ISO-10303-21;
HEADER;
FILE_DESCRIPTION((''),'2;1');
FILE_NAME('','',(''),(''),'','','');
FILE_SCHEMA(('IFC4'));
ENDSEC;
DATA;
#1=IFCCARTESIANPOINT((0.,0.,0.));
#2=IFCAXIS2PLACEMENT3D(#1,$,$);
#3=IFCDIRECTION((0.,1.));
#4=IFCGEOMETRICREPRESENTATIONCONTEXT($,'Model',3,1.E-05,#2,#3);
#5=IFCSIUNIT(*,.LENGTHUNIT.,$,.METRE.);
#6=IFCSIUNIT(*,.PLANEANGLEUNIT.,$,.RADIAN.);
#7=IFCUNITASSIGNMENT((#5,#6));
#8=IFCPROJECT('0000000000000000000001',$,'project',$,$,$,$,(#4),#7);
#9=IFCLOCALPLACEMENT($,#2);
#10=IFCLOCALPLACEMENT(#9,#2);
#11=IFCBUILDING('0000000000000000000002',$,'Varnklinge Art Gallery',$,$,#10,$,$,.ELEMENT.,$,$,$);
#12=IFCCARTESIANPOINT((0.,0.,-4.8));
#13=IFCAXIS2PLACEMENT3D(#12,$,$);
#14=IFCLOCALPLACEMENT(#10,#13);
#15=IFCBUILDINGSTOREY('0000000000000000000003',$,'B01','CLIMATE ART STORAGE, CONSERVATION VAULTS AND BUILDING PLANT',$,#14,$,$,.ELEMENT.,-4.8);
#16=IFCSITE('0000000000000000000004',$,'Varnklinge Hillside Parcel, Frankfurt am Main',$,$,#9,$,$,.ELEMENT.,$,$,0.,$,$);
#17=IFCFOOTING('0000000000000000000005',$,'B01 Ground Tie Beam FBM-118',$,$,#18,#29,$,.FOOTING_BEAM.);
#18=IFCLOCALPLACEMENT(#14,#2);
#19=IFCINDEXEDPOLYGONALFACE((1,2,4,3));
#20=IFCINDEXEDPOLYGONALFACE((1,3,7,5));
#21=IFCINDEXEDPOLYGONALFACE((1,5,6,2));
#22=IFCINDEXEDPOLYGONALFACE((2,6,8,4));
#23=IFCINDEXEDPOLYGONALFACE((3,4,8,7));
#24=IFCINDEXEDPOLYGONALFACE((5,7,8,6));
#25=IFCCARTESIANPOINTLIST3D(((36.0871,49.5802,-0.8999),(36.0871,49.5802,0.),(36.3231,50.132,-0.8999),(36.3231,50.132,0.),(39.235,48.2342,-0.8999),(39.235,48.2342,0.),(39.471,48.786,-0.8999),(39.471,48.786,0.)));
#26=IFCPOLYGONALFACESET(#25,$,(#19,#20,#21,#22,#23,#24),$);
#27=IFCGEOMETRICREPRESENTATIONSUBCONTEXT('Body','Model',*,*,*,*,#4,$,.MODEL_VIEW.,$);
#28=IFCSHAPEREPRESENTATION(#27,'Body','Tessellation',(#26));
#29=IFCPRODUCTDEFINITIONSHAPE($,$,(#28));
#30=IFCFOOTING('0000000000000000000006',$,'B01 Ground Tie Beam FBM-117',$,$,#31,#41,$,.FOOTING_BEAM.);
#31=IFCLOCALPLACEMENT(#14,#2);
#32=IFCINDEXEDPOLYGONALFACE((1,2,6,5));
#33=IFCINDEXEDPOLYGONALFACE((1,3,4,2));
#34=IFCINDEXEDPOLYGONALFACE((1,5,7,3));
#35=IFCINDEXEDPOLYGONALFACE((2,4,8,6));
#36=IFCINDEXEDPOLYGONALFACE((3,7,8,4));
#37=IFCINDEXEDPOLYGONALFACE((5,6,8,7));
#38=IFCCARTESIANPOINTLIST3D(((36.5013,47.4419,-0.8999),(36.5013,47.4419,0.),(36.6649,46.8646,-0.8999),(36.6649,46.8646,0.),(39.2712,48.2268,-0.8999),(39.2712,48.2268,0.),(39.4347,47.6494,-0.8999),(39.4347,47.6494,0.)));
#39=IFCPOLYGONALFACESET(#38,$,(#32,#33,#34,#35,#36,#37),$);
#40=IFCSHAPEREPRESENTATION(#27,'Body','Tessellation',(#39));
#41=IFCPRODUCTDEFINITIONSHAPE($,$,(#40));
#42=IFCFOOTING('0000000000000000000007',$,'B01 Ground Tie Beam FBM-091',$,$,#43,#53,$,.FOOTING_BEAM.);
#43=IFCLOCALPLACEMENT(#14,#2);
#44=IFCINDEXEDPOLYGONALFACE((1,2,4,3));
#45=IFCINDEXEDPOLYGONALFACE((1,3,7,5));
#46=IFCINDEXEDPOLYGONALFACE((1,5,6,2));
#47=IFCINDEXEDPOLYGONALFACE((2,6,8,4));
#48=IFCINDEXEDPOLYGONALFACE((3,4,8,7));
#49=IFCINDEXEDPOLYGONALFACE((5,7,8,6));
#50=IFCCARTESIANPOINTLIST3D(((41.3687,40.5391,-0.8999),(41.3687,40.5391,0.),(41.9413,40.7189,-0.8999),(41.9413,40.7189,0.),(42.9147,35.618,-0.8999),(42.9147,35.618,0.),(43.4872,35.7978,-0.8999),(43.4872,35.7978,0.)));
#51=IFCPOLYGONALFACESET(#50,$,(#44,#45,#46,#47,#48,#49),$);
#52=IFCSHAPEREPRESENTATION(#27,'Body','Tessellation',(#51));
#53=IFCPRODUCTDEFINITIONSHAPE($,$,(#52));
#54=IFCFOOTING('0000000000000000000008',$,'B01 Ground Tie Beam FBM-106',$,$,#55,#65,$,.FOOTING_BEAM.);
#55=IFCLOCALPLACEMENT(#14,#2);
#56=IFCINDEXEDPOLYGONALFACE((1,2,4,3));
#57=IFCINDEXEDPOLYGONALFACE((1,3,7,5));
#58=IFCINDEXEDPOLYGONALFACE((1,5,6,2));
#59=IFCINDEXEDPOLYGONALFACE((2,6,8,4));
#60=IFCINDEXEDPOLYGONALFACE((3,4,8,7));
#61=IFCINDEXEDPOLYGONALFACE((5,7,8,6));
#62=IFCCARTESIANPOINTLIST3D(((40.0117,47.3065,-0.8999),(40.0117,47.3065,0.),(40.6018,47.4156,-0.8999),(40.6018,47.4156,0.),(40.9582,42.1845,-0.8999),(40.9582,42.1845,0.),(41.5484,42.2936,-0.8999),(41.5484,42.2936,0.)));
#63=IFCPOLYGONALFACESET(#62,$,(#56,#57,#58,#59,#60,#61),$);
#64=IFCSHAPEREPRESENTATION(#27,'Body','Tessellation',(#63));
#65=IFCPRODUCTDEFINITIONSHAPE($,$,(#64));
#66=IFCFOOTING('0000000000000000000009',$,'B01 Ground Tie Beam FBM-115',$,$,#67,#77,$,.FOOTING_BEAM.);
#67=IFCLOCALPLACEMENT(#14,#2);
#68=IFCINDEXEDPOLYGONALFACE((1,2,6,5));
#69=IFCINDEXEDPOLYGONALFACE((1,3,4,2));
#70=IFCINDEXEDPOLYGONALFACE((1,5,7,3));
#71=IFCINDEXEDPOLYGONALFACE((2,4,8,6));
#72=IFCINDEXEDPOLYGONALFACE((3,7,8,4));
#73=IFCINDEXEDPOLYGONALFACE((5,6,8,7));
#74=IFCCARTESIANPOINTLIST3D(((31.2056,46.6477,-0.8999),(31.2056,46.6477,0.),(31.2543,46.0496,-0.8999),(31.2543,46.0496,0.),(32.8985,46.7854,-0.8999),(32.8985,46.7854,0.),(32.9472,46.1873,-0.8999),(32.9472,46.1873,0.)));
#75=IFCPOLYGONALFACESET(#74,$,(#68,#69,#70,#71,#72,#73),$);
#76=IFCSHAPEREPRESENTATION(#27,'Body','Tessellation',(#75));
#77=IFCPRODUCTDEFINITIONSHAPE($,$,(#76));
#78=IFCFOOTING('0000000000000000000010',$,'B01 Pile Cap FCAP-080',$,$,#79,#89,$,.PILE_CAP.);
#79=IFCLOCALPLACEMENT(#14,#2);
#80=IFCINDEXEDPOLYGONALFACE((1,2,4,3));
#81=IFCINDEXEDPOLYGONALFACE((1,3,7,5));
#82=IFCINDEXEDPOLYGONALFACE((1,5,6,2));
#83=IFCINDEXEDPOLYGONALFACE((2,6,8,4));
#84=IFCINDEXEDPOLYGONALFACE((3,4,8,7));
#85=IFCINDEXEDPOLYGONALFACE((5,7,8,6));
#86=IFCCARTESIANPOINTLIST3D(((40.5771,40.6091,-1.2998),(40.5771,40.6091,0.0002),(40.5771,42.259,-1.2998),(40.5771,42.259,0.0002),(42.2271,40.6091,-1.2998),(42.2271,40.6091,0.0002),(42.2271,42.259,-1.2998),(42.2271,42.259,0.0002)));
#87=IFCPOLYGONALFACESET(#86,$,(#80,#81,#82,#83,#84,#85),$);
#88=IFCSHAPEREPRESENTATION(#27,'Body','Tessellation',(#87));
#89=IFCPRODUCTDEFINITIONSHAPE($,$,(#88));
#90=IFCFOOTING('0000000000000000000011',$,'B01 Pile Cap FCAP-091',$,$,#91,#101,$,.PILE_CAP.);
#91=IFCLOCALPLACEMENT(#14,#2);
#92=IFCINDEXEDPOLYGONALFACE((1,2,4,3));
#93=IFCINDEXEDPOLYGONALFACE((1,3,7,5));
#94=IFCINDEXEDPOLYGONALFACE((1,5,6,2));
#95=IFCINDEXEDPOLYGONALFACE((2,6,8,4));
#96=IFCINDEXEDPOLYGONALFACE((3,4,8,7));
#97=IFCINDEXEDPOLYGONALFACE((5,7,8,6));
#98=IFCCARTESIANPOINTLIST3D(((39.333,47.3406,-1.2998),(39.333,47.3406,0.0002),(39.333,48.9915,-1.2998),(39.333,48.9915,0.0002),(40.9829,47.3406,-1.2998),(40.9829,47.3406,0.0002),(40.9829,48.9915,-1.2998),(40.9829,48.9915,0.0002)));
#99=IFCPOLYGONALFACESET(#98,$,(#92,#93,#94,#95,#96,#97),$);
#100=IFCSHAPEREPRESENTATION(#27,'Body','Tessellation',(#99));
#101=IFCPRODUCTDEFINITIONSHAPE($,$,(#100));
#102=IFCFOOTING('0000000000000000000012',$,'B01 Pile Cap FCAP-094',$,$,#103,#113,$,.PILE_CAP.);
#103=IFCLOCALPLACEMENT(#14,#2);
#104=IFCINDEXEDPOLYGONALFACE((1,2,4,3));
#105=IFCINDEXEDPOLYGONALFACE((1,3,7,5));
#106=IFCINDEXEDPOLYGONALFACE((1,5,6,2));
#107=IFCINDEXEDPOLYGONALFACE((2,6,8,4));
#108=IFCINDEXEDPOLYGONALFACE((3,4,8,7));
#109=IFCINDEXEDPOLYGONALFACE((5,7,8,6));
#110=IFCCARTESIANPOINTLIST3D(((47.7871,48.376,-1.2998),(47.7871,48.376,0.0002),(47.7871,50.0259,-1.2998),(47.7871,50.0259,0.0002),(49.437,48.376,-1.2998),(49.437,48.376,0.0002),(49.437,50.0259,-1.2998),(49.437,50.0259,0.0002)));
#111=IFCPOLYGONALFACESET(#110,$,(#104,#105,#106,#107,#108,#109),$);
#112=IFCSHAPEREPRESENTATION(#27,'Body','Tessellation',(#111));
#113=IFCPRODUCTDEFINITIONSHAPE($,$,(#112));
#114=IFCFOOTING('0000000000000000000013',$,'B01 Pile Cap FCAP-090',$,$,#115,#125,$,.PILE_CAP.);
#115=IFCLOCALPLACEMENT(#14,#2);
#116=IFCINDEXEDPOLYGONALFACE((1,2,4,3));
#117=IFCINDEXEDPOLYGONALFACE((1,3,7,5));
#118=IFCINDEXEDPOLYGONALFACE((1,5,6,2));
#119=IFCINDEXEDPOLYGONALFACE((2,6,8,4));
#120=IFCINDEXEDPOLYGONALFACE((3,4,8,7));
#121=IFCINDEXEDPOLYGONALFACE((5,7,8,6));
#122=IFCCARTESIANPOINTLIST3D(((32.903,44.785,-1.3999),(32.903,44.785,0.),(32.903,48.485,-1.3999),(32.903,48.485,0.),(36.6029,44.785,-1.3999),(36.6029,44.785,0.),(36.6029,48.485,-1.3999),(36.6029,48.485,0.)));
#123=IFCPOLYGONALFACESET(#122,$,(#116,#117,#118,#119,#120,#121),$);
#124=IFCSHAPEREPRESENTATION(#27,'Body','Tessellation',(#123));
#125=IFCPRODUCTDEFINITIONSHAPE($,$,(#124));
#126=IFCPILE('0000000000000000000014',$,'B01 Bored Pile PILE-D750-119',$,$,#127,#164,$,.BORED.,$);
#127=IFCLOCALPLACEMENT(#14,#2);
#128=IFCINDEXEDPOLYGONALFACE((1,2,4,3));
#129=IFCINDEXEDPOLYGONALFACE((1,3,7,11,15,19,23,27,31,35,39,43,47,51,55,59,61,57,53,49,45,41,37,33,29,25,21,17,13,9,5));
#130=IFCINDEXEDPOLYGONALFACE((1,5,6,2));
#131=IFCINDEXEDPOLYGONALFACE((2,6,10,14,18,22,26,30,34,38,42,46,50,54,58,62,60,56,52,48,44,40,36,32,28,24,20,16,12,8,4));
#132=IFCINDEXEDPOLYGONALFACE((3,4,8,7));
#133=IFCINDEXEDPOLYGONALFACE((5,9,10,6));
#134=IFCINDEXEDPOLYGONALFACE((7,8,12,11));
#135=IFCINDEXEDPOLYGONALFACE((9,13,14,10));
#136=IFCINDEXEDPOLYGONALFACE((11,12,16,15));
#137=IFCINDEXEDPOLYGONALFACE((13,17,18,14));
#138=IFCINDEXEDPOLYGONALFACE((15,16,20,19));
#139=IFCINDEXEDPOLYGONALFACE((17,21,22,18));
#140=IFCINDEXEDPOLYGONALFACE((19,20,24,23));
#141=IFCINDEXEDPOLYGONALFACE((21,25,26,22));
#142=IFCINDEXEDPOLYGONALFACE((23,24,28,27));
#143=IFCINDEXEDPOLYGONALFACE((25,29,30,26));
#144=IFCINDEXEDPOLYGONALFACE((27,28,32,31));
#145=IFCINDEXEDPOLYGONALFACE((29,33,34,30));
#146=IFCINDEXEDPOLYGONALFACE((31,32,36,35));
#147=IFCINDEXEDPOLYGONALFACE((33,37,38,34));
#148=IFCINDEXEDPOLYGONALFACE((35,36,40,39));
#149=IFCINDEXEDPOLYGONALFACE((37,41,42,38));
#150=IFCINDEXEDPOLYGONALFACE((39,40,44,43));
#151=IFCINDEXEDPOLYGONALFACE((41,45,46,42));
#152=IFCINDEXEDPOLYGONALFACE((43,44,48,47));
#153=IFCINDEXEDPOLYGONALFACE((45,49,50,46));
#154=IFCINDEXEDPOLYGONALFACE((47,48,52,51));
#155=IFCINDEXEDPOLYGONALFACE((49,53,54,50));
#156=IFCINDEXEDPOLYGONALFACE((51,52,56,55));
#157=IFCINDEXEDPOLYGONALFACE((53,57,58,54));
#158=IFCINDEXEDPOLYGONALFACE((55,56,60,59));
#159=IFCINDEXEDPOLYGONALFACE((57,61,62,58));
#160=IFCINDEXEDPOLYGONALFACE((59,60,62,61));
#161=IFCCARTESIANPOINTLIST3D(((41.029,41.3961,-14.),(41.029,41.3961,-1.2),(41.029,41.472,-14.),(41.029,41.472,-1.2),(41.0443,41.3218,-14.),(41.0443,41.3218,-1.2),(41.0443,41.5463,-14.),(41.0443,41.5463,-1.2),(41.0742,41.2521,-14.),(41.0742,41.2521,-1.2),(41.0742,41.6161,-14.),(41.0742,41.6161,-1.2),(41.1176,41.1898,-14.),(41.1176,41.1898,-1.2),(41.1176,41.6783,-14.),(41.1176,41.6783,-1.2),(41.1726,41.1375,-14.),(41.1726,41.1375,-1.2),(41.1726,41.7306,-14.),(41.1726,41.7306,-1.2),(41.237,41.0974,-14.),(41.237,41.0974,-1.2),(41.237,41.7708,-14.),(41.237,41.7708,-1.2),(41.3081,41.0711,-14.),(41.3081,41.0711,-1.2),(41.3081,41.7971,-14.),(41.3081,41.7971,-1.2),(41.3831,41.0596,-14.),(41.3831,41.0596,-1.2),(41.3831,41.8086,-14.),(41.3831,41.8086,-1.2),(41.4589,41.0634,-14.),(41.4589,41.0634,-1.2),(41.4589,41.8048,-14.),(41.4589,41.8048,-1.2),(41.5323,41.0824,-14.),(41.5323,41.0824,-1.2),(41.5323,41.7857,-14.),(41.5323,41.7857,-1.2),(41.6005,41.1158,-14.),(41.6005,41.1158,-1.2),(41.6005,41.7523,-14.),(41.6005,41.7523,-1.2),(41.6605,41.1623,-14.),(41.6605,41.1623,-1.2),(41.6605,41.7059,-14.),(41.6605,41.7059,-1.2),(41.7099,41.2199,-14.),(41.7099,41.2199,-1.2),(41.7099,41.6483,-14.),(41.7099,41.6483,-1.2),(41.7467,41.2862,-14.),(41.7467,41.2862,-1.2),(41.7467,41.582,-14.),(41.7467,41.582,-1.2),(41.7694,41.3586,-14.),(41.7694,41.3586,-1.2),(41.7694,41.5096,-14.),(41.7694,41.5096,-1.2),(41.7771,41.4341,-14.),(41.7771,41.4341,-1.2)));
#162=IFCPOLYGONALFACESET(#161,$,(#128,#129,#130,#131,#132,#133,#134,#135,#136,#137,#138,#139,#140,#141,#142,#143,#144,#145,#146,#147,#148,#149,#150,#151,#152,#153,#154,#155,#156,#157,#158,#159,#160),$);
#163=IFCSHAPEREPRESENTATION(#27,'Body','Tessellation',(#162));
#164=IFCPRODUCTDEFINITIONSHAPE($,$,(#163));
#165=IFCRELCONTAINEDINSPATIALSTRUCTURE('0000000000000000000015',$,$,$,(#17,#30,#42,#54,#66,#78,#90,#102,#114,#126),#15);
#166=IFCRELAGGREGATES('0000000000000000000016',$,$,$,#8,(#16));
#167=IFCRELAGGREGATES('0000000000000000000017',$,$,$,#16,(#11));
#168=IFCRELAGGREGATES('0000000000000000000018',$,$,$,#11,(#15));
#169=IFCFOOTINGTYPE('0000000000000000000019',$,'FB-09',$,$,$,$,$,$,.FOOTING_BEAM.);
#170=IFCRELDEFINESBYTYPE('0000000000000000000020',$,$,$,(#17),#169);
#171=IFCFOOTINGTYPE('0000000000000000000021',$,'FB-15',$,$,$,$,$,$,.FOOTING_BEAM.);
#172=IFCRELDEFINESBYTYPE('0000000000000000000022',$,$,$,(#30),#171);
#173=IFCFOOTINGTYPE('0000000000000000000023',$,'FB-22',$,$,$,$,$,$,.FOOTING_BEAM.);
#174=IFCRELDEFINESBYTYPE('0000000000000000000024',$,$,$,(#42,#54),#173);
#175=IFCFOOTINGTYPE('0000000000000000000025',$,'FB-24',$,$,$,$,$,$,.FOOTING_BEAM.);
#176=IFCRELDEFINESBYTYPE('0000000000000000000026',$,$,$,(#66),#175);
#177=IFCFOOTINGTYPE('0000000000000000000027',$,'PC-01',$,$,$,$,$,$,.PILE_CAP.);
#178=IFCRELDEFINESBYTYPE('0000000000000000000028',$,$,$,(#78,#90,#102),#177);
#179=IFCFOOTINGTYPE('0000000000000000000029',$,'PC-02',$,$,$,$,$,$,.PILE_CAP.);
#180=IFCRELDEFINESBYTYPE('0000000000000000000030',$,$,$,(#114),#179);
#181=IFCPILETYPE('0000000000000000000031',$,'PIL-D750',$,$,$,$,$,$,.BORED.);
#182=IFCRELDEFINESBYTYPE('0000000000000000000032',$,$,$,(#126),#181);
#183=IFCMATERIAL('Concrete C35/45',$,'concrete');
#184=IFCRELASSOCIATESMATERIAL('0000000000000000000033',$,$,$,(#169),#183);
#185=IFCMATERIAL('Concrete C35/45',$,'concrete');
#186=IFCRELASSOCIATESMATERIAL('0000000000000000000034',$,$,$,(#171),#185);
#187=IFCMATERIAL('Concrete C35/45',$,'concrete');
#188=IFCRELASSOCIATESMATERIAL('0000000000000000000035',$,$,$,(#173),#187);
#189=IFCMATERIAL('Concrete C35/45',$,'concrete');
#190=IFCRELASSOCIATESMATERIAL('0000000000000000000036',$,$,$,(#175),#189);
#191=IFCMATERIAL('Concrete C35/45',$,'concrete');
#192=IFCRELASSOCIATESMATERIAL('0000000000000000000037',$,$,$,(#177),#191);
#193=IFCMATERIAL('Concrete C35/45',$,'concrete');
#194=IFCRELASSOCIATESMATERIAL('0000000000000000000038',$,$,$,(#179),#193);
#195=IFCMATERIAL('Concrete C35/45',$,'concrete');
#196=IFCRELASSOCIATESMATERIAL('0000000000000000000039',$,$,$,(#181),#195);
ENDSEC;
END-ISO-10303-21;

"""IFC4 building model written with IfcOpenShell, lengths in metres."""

from ifc_helpers import new_model, si_unit, direction, frame, origin, origin_2d, place, context, subcontext, project, spatial, rectangle, circle, extrude, material, material_profile, profile_set, type_object, element, save


model = new_model("IFC4")

# Units and contexts
model_context = context("Model", 3, precision=1e-05, world=origin(), true_north=direction((0.0, 1.0)))
body_context = subcontext(model_context, "Body", "Model", "MODEL_VIEW")
ifc_project = project(units=[si_unit("LENGTHUNIT", "METRE"), si_unit("PLANEANGLEUNIT", "RADIAN")], contexts=[model_context])

# Site, building, storey
site_placement = place(None, origin())
site = spatial("IfcSite", under=ifc_project, at=site_placement, Name="Varnklinge Hillside Parcel, Frankfurt am Main", CompositionType="ELEMENT", RefElevation=0.0)
building_placement = place(site_placement, origin())
building = spatial("IfcBuilding", under=site, at=building_placement, Name="Varnklinge Art Gallery", CompositionType="ELEMENT")
storey_placement = place(building_placement, frame((0.0, 0.0, -4.8)))
storey = spatial("IfcBuildingStorey", under=building, at=storey_placement, Name="B01", Description="CLIMATE ART STORAGE, CONSERVATION VAULTS AND BUILDING PLANT", CompositionType="ELEMENT", Elevation=-4.8)

# Footings
ifc_material_1 = material(Name="Concrete C35/45", Category="concrete")
footing_type_1 = type_object("IfcFootingType", Name="FB-09", PredefinedType="FOOTING_BEAM", material=ifc_material_1)
footing_1_placement = place(storey_placement, frame((37.7791, 49.1831, -0.8999), z_axis=(0.0, 0.0, 1.0), x_axis=(-0.919479, 0.39314, 0.0)))
element("IfcFooting", 1, at=footing_1_placement, inside=storey, type_object=footing_type_1, Name="B01 Ground Tie Beam FBM-118", PredefinedType="FOOTING_BEAM", context=body_context, shape_type="SweptSolid", body=[
    extrude(rectangle(XDim=3.4236, YDim=0.6001, at=origin_2d()), origin(), (0.0, 0.0, 1.0), 0.8999),
])
ifc_material_2 = material(Name="Concrete C35/45", Category="concrete")
footing_type_2 = type_object("IfcFootingType", Name="FB-15", PredefinedType="FOOTING_BEAM", material=ifc_material_2)
footing_2_placement = place(storey_placement, frame((37.968, 47.5457, -0.8999), z_axis=(0.0, 0.0, 1.0), x_axis=(0.962123, 0.272616, 0.0)))
element("IfcFooting", 2, at=footing_2_placement, inside=storey, type_object=footing_type_2, Name="B01 Ground Tie Beam FBM-117", PredefinedType="FOOTING_BEAM", context=body_context, shape_type="SweptSolid", body=[
    extrude(rectangle(XDim=2.8789, YDim=0.6001, at=origin_2d()), origin(), (0.0, 0.0, 1.0), 0.8999),
])
ifc_material_3 = material(Name="Concrete C35/45", Category="concrete")
footing_type_3 = type_object("IfcFootingType", Name="FB-22", PredefinedType="FOOTING_BEAM", material=ifc_material_3)
footing_3_placement = place(storey_placement, frame((42.428, 38.1685, -0.8999), z_axis=(0.0, 0.0, 1.0), x_axis=(-0.299707, 0.954031, 0.0)))
element("IfcFooting", 3, at=footing_3_placement, inside=storey, type_object=footing_type_3, Name="B01 Ground Tie Beam FBM-091", PredefinedType="FOOTING_BEAM", context=body_context, shape_type="SweptSolid", body=[
    extrude(rectangle(XDim=5.1582, YDim=0.6001, at=origin_2d()), origin(), (0.0, 0.0, 1.0), 0.8999),
])
footing_4_placement = place(storey_placement, frame((40.78, 44.8, -0.8999), z_axis=(0.0, 0.0, 1.0), x_axis=(-0.181721, 0.98335, 0.0)))
element("IfcFooting", 4, at=footing_4_placement, inside=storey, type_object=footing_type_3, Name="B01 Ground Tie Beam FBM-106", PredefinedType="FOOTING_BEAM", context=body_context, shape_type="SweptSolid", body=[
    extrude(rectangle(XDim=5.2087, YDim=0.6001, at=origin_2d()), origin(), (0.0, 0.0, 1.0), 0.8999),
])
ifc_material_4 = material(Name="Concrete C35/45", Category="concrete")
footing_type_4 = type_object("IfcFootingType", Name="FB-24", PredefinedType="FOOTING_BEAM", material=ifc_material_4)
footing_5_placement = place(storey_placement, frame((32.0764, 46.4175, -0.8999), z_axis=(0.0, 0.0, 1.0), x_axis=(0.996709, 0.081069, 0.0)))
element("IfcFooting", 5, at=footing_5_placement, inside=storey, type_object=footing_type_4, Name="B01 Ground Tie Beam FBM-115", PredefinedType="FOOTING_BEAM", context=body_context, shape_type="SweptSolid", body=[
    extrude(rectangle(XDim=1.6985, YDim=0.6001, at=origin_2d()), origin(), (0.0, 0.0, 1.0), 0.8999),
])
ifc_material_5 = material(Name="Concrete C35/45", Category="concrete")
footing_type_5 = type_object("IfcFootingType", Name="PC-01", PredefinedType="PILE_CAP", material=ifc_material_5)
footing_6_placement = place(storey_placement, frame((41.4021, 41.4341, -1.2998), z_axis=(0.0, 0.0, 1.0), x_axis=(1.0, 0.0, 0.0)))
element("IfcFooting", 6, at=footing_6_placement, inside=storey, type_object=footing_type_5, Name="B01 Pile Cap FCAP-080", PredefinedType="PILE_CAP", context=body_context, shape_type="SweptSolid", body=[
    extrude(rectangle(XDim=1.6499, YDim=1.6499, at=origin_2d()), origin(), (0.0, 0.0, 1.0), 1.3),
])
footing_7_placement = place(storey_placement, frame((40.158, 48.166, -1.2998), z_axis=(0.0, 0.0, 1.0), x_axis=(1.0, 0.0, 0.0)))
element("IfcFooting", 7, at=footing_7_placement, inside=storey, type_object=footing_type_5, Name="B01 Pile Cap FCAP-091", PredefinedType="PILE_CAP", context=body_context, shape_type="SweptSolid", body=[
    extrude(rectangle(XDim=1.6499, YDim=1.6509, at=origin_2d()), origin(), (0.0, 0.0, 1.0), 1.3),
])
footing_8_placement = place(storey_placement, frame((48.6121, 49.2009, -1.2998), z_axis=(0.0, 0.0, 1.0), x_axis=(1.0, 0.0, 0.0)))
element("IfcFooting", 8, at=footing_8_placement, inside=storey, type_object=footing_type_5, Name="B01 Pile Cap FCAP-094", PredefinedType="PILE_CAP", context=body_context, shape_type="SweptSolid", body=[
    extrude(rectangle(XDim=1.6499, YDim=1.6499, at=origin_2d()), origin(), (0.0, 0.0, 1.0), 1.3),
])
ifc_material_6 = material(Name="Concrete C35/45", Category="concrete")
footing_type_6 = type_object("IfcFootingType", Name="PC-02", PredefinedType="PILE_CAP", material=ifc_material_6)
footing_9_placement = place(storey_placement, frame((34.7529, 46.635, -1.3999), z_axis=(0.0, 0.0, 1.0), x_axis=(1.0, 0.0, 0.0)))
element("IfcFooting", 9, at=footing_9_placement, inside=storey, type_object=footing_type_6, Name="B01 Pile Cap FCAP-090", PredefinedType="PILE_CAP", context=body_context, shape_type="SweptSolid", body=[
    extrude(rectangle(XDim=3.7, YDim=3.7, at=origin_2d()), origin(), (0.0, 0.0, 1.0), 1.3999),
])

# Pile
ifc_material_7 = material(Name="Concrete C35/45", Category="concrete")
ifc_material_profile_1 = material_profile(ifc_material_7, circle(Radius=0.375, at=origin_2d()), Name="PILE D750")
ifc_profile_set_1 = profile_set([ifc_material_profile_1], Name="Concrete C35/45")
pile_type_1 = type_object("IfcPileType", Name="PIL-D750", PredefinedType="BORED", material=ifc_profile_set_1)
for number, where, z_axis, x_axis, name in (
    (10, (41.4021, 41.4341, -1.2), (0.0, 0.0, -1.0), (1.0, 0.0, 0.0), "B01 Bored Pile PILE-D750-119"),
):
    element("IfcPile", number, at=place(storey_placement, frame(where, z_axis=z_axis, x_axis=x_axis)), inside=storey, type_object=pile_type_1, Name=name, PredefinedType="BORED", context=body_context, shape_type="SweptSolid", body=[
        extrude(circle(Radius=0.375, at=origin_2d()), origin(), (0.0, 0.0, 1.0), 12.8),
    ])

save(model, "model.ifc")
